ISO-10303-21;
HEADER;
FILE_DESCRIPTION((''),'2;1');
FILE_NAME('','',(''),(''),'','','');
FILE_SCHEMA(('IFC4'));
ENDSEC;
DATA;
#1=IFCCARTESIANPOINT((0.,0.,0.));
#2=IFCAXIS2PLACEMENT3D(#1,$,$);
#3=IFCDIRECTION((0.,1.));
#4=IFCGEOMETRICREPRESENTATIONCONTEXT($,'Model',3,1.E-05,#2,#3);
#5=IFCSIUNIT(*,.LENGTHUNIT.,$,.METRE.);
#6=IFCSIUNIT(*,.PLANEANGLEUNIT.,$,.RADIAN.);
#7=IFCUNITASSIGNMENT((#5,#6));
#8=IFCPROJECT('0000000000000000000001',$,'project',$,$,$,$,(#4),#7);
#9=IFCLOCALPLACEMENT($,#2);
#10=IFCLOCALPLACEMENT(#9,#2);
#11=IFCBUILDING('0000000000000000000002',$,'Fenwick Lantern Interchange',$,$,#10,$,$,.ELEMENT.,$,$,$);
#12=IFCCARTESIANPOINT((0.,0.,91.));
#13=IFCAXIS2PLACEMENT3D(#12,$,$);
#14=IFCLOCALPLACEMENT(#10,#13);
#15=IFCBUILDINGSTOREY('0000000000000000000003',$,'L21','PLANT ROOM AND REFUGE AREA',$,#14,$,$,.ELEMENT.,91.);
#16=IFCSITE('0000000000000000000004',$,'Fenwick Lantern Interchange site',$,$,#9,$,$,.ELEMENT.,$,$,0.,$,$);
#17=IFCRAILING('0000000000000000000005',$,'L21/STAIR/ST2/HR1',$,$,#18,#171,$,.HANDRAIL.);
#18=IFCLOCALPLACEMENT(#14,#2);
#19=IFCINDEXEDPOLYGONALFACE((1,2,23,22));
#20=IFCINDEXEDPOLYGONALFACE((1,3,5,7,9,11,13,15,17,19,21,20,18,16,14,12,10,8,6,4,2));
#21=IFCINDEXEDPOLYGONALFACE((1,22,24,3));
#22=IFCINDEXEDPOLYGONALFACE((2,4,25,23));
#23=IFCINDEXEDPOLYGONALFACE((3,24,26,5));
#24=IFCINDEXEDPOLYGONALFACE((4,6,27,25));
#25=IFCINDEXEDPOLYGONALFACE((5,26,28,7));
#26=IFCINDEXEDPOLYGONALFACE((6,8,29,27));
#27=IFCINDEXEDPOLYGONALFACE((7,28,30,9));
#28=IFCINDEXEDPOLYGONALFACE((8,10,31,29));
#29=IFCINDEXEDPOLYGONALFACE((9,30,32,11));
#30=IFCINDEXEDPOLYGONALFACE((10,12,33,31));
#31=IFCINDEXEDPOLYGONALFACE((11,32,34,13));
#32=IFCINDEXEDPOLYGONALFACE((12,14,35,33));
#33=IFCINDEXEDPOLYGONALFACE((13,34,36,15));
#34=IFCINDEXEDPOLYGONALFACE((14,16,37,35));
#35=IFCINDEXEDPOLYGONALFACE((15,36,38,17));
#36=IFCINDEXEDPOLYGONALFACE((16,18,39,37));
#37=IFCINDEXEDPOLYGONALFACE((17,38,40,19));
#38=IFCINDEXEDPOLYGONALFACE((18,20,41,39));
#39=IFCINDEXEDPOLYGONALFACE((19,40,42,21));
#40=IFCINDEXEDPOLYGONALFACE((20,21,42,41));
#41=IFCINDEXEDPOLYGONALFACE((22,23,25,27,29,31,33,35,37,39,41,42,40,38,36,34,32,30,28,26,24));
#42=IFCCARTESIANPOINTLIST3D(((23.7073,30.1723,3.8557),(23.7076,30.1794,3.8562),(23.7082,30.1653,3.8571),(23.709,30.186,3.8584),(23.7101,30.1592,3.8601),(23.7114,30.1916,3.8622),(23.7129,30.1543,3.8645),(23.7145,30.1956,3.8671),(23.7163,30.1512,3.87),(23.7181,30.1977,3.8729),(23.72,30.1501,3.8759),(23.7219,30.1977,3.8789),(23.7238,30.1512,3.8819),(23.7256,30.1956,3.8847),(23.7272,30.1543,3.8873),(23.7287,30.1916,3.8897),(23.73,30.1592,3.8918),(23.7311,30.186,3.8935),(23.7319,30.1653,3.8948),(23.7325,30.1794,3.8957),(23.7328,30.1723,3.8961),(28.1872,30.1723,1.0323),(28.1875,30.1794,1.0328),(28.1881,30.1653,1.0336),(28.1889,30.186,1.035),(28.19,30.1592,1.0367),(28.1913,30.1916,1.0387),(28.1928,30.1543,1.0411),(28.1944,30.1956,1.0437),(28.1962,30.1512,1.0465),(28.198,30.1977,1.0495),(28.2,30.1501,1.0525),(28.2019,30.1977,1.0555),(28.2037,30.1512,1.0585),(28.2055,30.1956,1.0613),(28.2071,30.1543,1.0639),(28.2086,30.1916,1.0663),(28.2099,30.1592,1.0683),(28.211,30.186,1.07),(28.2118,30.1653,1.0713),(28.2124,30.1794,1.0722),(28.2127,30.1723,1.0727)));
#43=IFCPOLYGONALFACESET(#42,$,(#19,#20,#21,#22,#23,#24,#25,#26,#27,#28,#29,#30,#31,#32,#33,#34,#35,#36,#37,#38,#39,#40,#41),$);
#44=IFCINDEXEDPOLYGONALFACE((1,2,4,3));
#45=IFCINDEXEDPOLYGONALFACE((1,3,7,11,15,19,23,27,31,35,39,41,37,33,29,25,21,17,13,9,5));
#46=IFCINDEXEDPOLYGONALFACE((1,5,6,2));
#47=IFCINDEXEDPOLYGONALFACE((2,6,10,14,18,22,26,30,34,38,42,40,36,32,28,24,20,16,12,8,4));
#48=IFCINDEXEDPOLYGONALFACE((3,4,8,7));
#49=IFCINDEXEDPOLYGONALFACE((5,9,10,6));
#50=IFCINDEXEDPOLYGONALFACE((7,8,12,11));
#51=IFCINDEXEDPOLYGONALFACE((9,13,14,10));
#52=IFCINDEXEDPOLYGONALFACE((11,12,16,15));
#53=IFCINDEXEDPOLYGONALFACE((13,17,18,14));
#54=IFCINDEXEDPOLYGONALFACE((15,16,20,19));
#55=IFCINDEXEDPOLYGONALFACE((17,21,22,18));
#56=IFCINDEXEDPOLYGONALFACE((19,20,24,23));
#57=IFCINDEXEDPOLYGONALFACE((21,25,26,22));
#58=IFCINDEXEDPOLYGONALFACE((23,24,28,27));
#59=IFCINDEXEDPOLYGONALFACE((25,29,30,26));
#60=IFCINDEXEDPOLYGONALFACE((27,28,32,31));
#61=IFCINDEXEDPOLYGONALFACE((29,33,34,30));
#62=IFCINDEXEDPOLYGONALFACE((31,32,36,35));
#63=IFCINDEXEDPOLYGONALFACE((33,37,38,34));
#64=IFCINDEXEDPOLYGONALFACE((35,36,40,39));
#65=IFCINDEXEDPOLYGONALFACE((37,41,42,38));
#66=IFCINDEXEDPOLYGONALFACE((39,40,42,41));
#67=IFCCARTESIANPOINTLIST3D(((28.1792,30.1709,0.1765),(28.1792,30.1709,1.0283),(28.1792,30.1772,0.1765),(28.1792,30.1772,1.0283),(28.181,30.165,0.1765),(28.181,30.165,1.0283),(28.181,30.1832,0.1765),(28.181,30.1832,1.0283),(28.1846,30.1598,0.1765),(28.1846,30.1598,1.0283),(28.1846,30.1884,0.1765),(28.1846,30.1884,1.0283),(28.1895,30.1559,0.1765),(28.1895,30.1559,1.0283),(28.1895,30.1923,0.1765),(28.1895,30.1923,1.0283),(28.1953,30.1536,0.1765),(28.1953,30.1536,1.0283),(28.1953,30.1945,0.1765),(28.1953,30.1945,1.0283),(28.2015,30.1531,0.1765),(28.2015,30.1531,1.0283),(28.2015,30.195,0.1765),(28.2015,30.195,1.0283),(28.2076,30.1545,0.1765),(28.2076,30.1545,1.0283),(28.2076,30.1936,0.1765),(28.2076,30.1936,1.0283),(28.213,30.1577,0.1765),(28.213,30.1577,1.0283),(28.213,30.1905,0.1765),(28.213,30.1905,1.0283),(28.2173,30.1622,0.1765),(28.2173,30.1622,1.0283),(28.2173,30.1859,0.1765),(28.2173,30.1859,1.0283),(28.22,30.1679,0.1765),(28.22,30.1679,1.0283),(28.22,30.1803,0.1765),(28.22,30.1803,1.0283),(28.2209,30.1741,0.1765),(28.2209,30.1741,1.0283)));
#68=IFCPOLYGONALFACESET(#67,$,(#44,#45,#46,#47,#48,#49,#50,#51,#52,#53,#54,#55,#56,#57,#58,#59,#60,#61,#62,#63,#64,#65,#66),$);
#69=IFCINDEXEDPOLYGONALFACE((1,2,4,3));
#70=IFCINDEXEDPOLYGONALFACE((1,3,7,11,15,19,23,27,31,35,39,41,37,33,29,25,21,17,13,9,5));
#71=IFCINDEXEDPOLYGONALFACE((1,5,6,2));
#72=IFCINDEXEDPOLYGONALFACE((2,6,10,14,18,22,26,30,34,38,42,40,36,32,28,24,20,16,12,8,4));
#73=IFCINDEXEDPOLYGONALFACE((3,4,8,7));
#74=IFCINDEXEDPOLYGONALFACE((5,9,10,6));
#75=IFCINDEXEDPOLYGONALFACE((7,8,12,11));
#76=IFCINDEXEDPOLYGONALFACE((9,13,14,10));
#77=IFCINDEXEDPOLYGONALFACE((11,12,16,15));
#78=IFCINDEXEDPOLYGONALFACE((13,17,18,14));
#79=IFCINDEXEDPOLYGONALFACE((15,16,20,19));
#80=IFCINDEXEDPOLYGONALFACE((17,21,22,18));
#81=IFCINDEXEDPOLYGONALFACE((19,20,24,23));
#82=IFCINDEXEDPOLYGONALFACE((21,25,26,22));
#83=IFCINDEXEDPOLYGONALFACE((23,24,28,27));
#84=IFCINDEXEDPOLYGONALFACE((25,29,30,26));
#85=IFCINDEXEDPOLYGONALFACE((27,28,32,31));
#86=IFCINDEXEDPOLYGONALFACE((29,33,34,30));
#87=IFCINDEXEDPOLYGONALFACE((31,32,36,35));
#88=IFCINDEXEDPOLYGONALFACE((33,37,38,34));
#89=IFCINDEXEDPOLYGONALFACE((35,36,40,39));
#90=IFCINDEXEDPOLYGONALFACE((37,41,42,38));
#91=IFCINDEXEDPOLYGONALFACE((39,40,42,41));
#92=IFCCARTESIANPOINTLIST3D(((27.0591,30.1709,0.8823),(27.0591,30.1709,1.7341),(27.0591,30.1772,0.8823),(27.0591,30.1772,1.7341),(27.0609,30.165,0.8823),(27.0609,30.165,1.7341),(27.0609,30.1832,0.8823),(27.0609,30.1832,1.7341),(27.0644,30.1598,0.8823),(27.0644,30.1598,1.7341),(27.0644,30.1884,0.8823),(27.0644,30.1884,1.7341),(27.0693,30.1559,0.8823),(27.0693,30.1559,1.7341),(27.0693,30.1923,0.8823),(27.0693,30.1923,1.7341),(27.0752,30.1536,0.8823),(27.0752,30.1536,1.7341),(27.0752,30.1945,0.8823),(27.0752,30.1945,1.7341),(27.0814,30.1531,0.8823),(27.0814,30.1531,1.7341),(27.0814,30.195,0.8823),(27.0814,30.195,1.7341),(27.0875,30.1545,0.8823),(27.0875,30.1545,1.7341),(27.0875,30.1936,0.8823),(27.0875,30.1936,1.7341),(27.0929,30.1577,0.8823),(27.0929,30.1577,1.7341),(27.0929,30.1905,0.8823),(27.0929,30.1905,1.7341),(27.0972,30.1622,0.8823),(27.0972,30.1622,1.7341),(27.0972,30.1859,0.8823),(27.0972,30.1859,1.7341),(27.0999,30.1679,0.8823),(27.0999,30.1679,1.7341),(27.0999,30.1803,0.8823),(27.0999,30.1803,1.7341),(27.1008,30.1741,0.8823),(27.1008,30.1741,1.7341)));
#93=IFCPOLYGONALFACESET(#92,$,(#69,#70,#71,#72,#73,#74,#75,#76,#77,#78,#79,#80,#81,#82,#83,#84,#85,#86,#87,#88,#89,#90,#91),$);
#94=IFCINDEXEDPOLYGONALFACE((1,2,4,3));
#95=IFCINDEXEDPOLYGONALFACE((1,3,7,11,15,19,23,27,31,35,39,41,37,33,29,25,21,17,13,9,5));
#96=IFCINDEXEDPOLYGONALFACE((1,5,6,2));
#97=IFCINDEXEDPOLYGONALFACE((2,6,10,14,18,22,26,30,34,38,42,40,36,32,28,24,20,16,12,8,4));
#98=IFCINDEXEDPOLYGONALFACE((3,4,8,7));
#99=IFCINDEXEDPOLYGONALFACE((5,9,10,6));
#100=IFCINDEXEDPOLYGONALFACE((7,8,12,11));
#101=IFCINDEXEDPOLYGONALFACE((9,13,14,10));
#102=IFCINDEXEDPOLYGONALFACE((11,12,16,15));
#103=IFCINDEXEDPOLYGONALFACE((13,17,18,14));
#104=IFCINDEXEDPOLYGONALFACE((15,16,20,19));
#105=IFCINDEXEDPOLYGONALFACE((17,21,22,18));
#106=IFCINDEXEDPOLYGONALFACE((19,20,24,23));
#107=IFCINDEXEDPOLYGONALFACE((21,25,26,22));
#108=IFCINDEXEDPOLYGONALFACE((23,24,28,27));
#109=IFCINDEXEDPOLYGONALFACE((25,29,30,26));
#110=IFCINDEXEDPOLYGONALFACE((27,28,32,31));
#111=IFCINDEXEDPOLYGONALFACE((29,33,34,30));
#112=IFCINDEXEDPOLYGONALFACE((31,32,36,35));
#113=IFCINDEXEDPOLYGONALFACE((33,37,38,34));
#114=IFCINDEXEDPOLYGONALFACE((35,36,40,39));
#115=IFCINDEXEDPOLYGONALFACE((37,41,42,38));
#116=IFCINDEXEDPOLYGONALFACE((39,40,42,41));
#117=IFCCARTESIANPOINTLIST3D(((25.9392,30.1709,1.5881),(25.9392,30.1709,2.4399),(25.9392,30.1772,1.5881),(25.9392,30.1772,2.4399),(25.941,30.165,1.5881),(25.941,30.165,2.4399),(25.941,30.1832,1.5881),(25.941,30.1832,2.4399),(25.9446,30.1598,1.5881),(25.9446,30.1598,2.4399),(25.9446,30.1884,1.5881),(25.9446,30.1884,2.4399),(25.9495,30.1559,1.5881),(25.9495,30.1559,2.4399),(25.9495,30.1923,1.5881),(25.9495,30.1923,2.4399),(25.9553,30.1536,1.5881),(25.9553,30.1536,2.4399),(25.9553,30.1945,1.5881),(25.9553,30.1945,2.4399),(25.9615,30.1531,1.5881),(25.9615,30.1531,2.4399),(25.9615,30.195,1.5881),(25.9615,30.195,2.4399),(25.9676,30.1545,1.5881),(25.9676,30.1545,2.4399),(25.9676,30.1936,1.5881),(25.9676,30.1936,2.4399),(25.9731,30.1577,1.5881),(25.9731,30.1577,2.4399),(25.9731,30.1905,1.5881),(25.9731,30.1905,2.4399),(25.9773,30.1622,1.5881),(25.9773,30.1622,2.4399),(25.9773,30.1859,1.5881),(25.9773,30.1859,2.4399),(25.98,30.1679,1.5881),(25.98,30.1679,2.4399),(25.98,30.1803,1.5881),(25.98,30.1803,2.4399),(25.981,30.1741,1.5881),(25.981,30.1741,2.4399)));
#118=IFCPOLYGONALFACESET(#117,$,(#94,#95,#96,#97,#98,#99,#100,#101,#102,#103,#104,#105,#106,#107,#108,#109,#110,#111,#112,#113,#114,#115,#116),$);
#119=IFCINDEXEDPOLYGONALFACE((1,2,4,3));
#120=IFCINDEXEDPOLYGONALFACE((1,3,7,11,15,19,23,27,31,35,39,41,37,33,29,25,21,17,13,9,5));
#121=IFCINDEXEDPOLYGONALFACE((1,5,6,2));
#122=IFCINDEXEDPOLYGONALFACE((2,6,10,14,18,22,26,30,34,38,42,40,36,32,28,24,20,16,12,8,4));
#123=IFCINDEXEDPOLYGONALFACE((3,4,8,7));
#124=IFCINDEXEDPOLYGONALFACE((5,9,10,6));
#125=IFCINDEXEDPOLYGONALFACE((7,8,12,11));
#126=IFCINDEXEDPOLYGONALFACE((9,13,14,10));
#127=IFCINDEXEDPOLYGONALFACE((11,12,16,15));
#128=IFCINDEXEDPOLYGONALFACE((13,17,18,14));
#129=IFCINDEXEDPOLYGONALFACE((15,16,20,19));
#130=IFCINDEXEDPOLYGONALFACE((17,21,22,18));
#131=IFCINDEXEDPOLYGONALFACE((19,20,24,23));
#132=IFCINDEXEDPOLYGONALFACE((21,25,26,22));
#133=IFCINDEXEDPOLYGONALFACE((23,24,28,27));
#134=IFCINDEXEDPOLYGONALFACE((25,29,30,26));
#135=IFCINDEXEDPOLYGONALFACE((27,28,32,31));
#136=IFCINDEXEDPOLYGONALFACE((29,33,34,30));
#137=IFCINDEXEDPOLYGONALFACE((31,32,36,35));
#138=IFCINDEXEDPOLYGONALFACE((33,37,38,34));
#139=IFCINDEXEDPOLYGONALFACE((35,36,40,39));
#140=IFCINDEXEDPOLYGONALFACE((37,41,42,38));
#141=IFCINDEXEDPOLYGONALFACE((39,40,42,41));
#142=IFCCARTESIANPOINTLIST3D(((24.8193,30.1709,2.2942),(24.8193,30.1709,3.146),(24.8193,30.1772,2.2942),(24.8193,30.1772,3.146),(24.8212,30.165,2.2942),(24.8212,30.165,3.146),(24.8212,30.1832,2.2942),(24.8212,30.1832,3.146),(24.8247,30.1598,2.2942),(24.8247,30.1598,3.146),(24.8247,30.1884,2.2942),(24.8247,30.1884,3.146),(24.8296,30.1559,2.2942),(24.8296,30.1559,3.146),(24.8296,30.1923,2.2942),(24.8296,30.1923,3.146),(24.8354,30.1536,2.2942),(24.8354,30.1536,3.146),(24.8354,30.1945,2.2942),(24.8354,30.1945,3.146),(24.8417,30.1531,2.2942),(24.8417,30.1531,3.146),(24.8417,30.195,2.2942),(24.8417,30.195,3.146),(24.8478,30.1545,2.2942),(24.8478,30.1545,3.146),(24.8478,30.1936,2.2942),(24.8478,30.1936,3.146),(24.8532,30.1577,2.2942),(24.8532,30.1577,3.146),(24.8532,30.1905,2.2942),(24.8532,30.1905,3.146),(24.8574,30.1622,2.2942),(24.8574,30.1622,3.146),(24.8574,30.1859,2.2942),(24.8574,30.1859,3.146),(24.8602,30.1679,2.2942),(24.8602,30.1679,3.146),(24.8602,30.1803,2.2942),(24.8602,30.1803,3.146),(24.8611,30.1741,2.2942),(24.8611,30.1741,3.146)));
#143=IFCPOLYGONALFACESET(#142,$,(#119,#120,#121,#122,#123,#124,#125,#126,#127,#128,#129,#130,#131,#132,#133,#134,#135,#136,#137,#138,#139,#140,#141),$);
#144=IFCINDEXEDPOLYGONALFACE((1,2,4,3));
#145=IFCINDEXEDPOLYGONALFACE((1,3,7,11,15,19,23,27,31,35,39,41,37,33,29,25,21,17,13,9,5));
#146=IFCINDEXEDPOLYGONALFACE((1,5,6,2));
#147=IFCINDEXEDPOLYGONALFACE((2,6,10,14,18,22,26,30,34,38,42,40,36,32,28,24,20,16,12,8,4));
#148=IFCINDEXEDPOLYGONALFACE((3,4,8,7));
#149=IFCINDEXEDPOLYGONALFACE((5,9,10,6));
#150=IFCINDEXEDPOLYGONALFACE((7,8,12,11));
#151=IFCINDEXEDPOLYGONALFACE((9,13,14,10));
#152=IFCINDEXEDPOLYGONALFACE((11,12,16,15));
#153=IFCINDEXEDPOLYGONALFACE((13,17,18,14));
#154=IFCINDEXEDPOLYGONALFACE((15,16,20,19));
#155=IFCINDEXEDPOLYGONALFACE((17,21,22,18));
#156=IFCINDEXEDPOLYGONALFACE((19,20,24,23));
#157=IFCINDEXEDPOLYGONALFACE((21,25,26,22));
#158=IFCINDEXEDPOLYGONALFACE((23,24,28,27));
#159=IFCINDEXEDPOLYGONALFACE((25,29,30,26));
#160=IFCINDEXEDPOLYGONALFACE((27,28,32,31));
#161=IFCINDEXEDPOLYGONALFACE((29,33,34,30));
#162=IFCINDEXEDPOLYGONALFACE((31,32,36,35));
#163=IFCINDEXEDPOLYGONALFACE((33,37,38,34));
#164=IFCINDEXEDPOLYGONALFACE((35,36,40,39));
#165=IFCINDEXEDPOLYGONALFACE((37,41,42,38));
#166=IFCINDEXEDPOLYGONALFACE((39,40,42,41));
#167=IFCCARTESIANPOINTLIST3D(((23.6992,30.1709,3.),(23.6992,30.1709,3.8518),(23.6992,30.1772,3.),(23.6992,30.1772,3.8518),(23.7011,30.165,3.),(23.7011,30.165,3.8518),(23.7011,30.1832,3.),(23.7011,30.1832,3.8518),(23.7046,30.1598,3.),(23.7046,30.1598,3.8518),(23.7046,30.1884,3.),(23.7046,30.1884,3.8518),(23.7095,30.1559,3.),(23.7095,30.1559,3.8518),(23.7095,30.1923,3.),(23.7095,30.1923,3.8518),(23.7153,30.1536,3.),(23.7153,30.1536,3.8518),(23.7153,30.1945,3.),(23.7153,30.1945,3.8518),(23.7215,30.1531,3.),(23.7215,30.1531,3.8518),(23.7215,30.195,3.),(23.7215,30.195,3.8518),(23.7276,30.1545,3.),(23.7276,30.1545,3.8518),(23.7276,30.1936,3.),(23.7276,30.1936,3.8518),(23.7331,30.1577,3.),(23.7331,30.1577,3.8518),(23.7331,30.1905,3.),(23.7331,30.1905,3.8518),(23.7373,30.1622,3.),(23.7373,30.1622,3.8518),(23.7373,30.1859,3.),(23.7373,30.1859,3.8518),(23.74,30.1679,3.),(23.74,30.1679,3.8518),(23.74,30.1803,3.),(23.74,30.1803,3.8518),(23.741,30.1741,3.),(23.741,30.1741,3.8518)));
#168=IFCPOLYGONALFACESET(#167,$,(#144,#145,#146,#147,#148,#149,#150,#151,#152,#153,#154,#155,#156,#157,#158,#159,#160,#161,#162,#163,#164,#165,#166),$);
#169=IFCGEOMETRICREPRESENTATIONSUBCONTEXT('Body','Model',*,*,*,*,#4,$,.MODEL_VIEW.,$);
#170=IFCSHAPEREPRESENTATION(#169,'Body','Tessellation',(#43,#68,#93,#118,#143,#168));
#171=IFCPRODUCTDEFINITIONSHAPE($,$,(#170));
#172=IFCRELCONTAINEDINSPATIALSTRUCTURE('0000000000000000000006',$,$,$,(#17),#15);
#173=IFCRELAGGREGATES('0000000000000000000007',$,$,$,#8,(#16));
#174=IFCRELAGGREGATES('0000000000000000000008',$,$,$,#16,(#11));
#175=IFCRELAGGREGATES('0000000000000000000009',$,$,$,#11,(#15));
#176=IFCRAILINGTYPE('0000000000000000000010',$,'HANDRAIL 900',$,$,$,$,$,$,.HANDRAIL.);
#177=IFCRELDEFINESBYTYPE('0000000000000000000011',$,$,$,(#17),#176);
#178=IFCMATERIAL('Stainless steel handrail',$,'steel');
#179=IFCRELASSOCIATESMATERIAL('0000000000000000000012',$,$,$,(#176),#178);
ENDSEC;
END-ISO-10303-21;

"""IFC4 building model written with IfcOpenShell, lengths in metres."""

from ifc_helpers import new_model, si_unit, direction, frame, origin, origin_2d, place, context, subcontext, project, spatial, circle, extrude, material, type_object, element, save


model = new_model("IFC4")

# Units and contexts
model_context = context("Model", 3, precision=1e-05, world=origin(), true_north=direction((0.0, 1.0)))
body_context = subcontext(model_context, "Body", "Model", "MODEL_VIEW")
ifc_project = project(units=[si_unit("LENGTHUNIT", "METRE"), si_unit("PLANEANGLEUNIT", "RADIAN")], contexts=[model_context])

# Site, building, storey
site_placement = place(None, origin())
site = spatial("IfcSite", under=ifc_project, at=site_placement, Name="Fenwick Lantern Interchange site", CompositionType="ELEMENT", RefElevation=0.0)
building_placement = place(site_placement, origin())
building = spatial("IfcBuilding", under=site, at=building_placement, Name="Fenwick Lantern Interchange", CompositionType="ELEMENT")
storey_placement = place(building_placement, frame((0.0, 0.0, 91.0)))
storey = spatial("IfcBuildingStorey", under=building, at=storey_placement, Name="L21", Description="PLANT ROOM AND REFUGE AREA", CompositionType="ELEMENT", Elevation=91.0)

# Railing
ifc_material_1 = material(Name="Stainless steel handrail", Category="steel")
railing_type = type_object("IfcRailingType", Name="HANDRAIL 900", PredefinedType="HANDRAIL", material=ifc_material_1)
railing_1_placement = place(storey_placement, frame((28.2, 30.1741, 0.1765)))
element("IfcRailing", 1, at=railing_1_placement, inside=storey, type_object=railing_type, Name="L21/STAIR/ST2/HR1", PredefinedType="HANDRAIL", context=body_context, shape_type="SweptSolid", body=[
    extrude(circle(Radius=0.0239, at=origin_2d()), frame((0.0, 0.0, 0.876), z_axis=(-0.845998, 0.0, 0.533186), x_axis=(0.0, -1.0, 0.0)), (0.0, 0.0, 1.0), 5.2954),
    extrude(circle(Radius=0.021, at=origin_2d()), origin(), (0.0, 0.0, 1.0), 0.8518),
    extrude(circle(Radius=0.021, at=origin_2d()), frame((-1.1201, 0.0, 0.7058)), (0.0, 0.0, 1.0), 0.8518),
    extrude(circle(Radius=0.021, at=origin_2d()), frame((-2.24, 0.0, 1.4116)), (0.0, 0.0, 1.0), 0.8518),
    extrude(circle(Radius=0.021, at=origin_2d()), frame((-3.3599, 0.0, 2.1177)), (0.0, 0.0, 1.0), 0.8518),
    extrude(circle(Radius=0.021, at=origin_2d()), frame((-4.48, 0.0, 2.8235)), (0.0, 0.0, 1.0), 0.8518),
])

save(model, "model.ifc")
